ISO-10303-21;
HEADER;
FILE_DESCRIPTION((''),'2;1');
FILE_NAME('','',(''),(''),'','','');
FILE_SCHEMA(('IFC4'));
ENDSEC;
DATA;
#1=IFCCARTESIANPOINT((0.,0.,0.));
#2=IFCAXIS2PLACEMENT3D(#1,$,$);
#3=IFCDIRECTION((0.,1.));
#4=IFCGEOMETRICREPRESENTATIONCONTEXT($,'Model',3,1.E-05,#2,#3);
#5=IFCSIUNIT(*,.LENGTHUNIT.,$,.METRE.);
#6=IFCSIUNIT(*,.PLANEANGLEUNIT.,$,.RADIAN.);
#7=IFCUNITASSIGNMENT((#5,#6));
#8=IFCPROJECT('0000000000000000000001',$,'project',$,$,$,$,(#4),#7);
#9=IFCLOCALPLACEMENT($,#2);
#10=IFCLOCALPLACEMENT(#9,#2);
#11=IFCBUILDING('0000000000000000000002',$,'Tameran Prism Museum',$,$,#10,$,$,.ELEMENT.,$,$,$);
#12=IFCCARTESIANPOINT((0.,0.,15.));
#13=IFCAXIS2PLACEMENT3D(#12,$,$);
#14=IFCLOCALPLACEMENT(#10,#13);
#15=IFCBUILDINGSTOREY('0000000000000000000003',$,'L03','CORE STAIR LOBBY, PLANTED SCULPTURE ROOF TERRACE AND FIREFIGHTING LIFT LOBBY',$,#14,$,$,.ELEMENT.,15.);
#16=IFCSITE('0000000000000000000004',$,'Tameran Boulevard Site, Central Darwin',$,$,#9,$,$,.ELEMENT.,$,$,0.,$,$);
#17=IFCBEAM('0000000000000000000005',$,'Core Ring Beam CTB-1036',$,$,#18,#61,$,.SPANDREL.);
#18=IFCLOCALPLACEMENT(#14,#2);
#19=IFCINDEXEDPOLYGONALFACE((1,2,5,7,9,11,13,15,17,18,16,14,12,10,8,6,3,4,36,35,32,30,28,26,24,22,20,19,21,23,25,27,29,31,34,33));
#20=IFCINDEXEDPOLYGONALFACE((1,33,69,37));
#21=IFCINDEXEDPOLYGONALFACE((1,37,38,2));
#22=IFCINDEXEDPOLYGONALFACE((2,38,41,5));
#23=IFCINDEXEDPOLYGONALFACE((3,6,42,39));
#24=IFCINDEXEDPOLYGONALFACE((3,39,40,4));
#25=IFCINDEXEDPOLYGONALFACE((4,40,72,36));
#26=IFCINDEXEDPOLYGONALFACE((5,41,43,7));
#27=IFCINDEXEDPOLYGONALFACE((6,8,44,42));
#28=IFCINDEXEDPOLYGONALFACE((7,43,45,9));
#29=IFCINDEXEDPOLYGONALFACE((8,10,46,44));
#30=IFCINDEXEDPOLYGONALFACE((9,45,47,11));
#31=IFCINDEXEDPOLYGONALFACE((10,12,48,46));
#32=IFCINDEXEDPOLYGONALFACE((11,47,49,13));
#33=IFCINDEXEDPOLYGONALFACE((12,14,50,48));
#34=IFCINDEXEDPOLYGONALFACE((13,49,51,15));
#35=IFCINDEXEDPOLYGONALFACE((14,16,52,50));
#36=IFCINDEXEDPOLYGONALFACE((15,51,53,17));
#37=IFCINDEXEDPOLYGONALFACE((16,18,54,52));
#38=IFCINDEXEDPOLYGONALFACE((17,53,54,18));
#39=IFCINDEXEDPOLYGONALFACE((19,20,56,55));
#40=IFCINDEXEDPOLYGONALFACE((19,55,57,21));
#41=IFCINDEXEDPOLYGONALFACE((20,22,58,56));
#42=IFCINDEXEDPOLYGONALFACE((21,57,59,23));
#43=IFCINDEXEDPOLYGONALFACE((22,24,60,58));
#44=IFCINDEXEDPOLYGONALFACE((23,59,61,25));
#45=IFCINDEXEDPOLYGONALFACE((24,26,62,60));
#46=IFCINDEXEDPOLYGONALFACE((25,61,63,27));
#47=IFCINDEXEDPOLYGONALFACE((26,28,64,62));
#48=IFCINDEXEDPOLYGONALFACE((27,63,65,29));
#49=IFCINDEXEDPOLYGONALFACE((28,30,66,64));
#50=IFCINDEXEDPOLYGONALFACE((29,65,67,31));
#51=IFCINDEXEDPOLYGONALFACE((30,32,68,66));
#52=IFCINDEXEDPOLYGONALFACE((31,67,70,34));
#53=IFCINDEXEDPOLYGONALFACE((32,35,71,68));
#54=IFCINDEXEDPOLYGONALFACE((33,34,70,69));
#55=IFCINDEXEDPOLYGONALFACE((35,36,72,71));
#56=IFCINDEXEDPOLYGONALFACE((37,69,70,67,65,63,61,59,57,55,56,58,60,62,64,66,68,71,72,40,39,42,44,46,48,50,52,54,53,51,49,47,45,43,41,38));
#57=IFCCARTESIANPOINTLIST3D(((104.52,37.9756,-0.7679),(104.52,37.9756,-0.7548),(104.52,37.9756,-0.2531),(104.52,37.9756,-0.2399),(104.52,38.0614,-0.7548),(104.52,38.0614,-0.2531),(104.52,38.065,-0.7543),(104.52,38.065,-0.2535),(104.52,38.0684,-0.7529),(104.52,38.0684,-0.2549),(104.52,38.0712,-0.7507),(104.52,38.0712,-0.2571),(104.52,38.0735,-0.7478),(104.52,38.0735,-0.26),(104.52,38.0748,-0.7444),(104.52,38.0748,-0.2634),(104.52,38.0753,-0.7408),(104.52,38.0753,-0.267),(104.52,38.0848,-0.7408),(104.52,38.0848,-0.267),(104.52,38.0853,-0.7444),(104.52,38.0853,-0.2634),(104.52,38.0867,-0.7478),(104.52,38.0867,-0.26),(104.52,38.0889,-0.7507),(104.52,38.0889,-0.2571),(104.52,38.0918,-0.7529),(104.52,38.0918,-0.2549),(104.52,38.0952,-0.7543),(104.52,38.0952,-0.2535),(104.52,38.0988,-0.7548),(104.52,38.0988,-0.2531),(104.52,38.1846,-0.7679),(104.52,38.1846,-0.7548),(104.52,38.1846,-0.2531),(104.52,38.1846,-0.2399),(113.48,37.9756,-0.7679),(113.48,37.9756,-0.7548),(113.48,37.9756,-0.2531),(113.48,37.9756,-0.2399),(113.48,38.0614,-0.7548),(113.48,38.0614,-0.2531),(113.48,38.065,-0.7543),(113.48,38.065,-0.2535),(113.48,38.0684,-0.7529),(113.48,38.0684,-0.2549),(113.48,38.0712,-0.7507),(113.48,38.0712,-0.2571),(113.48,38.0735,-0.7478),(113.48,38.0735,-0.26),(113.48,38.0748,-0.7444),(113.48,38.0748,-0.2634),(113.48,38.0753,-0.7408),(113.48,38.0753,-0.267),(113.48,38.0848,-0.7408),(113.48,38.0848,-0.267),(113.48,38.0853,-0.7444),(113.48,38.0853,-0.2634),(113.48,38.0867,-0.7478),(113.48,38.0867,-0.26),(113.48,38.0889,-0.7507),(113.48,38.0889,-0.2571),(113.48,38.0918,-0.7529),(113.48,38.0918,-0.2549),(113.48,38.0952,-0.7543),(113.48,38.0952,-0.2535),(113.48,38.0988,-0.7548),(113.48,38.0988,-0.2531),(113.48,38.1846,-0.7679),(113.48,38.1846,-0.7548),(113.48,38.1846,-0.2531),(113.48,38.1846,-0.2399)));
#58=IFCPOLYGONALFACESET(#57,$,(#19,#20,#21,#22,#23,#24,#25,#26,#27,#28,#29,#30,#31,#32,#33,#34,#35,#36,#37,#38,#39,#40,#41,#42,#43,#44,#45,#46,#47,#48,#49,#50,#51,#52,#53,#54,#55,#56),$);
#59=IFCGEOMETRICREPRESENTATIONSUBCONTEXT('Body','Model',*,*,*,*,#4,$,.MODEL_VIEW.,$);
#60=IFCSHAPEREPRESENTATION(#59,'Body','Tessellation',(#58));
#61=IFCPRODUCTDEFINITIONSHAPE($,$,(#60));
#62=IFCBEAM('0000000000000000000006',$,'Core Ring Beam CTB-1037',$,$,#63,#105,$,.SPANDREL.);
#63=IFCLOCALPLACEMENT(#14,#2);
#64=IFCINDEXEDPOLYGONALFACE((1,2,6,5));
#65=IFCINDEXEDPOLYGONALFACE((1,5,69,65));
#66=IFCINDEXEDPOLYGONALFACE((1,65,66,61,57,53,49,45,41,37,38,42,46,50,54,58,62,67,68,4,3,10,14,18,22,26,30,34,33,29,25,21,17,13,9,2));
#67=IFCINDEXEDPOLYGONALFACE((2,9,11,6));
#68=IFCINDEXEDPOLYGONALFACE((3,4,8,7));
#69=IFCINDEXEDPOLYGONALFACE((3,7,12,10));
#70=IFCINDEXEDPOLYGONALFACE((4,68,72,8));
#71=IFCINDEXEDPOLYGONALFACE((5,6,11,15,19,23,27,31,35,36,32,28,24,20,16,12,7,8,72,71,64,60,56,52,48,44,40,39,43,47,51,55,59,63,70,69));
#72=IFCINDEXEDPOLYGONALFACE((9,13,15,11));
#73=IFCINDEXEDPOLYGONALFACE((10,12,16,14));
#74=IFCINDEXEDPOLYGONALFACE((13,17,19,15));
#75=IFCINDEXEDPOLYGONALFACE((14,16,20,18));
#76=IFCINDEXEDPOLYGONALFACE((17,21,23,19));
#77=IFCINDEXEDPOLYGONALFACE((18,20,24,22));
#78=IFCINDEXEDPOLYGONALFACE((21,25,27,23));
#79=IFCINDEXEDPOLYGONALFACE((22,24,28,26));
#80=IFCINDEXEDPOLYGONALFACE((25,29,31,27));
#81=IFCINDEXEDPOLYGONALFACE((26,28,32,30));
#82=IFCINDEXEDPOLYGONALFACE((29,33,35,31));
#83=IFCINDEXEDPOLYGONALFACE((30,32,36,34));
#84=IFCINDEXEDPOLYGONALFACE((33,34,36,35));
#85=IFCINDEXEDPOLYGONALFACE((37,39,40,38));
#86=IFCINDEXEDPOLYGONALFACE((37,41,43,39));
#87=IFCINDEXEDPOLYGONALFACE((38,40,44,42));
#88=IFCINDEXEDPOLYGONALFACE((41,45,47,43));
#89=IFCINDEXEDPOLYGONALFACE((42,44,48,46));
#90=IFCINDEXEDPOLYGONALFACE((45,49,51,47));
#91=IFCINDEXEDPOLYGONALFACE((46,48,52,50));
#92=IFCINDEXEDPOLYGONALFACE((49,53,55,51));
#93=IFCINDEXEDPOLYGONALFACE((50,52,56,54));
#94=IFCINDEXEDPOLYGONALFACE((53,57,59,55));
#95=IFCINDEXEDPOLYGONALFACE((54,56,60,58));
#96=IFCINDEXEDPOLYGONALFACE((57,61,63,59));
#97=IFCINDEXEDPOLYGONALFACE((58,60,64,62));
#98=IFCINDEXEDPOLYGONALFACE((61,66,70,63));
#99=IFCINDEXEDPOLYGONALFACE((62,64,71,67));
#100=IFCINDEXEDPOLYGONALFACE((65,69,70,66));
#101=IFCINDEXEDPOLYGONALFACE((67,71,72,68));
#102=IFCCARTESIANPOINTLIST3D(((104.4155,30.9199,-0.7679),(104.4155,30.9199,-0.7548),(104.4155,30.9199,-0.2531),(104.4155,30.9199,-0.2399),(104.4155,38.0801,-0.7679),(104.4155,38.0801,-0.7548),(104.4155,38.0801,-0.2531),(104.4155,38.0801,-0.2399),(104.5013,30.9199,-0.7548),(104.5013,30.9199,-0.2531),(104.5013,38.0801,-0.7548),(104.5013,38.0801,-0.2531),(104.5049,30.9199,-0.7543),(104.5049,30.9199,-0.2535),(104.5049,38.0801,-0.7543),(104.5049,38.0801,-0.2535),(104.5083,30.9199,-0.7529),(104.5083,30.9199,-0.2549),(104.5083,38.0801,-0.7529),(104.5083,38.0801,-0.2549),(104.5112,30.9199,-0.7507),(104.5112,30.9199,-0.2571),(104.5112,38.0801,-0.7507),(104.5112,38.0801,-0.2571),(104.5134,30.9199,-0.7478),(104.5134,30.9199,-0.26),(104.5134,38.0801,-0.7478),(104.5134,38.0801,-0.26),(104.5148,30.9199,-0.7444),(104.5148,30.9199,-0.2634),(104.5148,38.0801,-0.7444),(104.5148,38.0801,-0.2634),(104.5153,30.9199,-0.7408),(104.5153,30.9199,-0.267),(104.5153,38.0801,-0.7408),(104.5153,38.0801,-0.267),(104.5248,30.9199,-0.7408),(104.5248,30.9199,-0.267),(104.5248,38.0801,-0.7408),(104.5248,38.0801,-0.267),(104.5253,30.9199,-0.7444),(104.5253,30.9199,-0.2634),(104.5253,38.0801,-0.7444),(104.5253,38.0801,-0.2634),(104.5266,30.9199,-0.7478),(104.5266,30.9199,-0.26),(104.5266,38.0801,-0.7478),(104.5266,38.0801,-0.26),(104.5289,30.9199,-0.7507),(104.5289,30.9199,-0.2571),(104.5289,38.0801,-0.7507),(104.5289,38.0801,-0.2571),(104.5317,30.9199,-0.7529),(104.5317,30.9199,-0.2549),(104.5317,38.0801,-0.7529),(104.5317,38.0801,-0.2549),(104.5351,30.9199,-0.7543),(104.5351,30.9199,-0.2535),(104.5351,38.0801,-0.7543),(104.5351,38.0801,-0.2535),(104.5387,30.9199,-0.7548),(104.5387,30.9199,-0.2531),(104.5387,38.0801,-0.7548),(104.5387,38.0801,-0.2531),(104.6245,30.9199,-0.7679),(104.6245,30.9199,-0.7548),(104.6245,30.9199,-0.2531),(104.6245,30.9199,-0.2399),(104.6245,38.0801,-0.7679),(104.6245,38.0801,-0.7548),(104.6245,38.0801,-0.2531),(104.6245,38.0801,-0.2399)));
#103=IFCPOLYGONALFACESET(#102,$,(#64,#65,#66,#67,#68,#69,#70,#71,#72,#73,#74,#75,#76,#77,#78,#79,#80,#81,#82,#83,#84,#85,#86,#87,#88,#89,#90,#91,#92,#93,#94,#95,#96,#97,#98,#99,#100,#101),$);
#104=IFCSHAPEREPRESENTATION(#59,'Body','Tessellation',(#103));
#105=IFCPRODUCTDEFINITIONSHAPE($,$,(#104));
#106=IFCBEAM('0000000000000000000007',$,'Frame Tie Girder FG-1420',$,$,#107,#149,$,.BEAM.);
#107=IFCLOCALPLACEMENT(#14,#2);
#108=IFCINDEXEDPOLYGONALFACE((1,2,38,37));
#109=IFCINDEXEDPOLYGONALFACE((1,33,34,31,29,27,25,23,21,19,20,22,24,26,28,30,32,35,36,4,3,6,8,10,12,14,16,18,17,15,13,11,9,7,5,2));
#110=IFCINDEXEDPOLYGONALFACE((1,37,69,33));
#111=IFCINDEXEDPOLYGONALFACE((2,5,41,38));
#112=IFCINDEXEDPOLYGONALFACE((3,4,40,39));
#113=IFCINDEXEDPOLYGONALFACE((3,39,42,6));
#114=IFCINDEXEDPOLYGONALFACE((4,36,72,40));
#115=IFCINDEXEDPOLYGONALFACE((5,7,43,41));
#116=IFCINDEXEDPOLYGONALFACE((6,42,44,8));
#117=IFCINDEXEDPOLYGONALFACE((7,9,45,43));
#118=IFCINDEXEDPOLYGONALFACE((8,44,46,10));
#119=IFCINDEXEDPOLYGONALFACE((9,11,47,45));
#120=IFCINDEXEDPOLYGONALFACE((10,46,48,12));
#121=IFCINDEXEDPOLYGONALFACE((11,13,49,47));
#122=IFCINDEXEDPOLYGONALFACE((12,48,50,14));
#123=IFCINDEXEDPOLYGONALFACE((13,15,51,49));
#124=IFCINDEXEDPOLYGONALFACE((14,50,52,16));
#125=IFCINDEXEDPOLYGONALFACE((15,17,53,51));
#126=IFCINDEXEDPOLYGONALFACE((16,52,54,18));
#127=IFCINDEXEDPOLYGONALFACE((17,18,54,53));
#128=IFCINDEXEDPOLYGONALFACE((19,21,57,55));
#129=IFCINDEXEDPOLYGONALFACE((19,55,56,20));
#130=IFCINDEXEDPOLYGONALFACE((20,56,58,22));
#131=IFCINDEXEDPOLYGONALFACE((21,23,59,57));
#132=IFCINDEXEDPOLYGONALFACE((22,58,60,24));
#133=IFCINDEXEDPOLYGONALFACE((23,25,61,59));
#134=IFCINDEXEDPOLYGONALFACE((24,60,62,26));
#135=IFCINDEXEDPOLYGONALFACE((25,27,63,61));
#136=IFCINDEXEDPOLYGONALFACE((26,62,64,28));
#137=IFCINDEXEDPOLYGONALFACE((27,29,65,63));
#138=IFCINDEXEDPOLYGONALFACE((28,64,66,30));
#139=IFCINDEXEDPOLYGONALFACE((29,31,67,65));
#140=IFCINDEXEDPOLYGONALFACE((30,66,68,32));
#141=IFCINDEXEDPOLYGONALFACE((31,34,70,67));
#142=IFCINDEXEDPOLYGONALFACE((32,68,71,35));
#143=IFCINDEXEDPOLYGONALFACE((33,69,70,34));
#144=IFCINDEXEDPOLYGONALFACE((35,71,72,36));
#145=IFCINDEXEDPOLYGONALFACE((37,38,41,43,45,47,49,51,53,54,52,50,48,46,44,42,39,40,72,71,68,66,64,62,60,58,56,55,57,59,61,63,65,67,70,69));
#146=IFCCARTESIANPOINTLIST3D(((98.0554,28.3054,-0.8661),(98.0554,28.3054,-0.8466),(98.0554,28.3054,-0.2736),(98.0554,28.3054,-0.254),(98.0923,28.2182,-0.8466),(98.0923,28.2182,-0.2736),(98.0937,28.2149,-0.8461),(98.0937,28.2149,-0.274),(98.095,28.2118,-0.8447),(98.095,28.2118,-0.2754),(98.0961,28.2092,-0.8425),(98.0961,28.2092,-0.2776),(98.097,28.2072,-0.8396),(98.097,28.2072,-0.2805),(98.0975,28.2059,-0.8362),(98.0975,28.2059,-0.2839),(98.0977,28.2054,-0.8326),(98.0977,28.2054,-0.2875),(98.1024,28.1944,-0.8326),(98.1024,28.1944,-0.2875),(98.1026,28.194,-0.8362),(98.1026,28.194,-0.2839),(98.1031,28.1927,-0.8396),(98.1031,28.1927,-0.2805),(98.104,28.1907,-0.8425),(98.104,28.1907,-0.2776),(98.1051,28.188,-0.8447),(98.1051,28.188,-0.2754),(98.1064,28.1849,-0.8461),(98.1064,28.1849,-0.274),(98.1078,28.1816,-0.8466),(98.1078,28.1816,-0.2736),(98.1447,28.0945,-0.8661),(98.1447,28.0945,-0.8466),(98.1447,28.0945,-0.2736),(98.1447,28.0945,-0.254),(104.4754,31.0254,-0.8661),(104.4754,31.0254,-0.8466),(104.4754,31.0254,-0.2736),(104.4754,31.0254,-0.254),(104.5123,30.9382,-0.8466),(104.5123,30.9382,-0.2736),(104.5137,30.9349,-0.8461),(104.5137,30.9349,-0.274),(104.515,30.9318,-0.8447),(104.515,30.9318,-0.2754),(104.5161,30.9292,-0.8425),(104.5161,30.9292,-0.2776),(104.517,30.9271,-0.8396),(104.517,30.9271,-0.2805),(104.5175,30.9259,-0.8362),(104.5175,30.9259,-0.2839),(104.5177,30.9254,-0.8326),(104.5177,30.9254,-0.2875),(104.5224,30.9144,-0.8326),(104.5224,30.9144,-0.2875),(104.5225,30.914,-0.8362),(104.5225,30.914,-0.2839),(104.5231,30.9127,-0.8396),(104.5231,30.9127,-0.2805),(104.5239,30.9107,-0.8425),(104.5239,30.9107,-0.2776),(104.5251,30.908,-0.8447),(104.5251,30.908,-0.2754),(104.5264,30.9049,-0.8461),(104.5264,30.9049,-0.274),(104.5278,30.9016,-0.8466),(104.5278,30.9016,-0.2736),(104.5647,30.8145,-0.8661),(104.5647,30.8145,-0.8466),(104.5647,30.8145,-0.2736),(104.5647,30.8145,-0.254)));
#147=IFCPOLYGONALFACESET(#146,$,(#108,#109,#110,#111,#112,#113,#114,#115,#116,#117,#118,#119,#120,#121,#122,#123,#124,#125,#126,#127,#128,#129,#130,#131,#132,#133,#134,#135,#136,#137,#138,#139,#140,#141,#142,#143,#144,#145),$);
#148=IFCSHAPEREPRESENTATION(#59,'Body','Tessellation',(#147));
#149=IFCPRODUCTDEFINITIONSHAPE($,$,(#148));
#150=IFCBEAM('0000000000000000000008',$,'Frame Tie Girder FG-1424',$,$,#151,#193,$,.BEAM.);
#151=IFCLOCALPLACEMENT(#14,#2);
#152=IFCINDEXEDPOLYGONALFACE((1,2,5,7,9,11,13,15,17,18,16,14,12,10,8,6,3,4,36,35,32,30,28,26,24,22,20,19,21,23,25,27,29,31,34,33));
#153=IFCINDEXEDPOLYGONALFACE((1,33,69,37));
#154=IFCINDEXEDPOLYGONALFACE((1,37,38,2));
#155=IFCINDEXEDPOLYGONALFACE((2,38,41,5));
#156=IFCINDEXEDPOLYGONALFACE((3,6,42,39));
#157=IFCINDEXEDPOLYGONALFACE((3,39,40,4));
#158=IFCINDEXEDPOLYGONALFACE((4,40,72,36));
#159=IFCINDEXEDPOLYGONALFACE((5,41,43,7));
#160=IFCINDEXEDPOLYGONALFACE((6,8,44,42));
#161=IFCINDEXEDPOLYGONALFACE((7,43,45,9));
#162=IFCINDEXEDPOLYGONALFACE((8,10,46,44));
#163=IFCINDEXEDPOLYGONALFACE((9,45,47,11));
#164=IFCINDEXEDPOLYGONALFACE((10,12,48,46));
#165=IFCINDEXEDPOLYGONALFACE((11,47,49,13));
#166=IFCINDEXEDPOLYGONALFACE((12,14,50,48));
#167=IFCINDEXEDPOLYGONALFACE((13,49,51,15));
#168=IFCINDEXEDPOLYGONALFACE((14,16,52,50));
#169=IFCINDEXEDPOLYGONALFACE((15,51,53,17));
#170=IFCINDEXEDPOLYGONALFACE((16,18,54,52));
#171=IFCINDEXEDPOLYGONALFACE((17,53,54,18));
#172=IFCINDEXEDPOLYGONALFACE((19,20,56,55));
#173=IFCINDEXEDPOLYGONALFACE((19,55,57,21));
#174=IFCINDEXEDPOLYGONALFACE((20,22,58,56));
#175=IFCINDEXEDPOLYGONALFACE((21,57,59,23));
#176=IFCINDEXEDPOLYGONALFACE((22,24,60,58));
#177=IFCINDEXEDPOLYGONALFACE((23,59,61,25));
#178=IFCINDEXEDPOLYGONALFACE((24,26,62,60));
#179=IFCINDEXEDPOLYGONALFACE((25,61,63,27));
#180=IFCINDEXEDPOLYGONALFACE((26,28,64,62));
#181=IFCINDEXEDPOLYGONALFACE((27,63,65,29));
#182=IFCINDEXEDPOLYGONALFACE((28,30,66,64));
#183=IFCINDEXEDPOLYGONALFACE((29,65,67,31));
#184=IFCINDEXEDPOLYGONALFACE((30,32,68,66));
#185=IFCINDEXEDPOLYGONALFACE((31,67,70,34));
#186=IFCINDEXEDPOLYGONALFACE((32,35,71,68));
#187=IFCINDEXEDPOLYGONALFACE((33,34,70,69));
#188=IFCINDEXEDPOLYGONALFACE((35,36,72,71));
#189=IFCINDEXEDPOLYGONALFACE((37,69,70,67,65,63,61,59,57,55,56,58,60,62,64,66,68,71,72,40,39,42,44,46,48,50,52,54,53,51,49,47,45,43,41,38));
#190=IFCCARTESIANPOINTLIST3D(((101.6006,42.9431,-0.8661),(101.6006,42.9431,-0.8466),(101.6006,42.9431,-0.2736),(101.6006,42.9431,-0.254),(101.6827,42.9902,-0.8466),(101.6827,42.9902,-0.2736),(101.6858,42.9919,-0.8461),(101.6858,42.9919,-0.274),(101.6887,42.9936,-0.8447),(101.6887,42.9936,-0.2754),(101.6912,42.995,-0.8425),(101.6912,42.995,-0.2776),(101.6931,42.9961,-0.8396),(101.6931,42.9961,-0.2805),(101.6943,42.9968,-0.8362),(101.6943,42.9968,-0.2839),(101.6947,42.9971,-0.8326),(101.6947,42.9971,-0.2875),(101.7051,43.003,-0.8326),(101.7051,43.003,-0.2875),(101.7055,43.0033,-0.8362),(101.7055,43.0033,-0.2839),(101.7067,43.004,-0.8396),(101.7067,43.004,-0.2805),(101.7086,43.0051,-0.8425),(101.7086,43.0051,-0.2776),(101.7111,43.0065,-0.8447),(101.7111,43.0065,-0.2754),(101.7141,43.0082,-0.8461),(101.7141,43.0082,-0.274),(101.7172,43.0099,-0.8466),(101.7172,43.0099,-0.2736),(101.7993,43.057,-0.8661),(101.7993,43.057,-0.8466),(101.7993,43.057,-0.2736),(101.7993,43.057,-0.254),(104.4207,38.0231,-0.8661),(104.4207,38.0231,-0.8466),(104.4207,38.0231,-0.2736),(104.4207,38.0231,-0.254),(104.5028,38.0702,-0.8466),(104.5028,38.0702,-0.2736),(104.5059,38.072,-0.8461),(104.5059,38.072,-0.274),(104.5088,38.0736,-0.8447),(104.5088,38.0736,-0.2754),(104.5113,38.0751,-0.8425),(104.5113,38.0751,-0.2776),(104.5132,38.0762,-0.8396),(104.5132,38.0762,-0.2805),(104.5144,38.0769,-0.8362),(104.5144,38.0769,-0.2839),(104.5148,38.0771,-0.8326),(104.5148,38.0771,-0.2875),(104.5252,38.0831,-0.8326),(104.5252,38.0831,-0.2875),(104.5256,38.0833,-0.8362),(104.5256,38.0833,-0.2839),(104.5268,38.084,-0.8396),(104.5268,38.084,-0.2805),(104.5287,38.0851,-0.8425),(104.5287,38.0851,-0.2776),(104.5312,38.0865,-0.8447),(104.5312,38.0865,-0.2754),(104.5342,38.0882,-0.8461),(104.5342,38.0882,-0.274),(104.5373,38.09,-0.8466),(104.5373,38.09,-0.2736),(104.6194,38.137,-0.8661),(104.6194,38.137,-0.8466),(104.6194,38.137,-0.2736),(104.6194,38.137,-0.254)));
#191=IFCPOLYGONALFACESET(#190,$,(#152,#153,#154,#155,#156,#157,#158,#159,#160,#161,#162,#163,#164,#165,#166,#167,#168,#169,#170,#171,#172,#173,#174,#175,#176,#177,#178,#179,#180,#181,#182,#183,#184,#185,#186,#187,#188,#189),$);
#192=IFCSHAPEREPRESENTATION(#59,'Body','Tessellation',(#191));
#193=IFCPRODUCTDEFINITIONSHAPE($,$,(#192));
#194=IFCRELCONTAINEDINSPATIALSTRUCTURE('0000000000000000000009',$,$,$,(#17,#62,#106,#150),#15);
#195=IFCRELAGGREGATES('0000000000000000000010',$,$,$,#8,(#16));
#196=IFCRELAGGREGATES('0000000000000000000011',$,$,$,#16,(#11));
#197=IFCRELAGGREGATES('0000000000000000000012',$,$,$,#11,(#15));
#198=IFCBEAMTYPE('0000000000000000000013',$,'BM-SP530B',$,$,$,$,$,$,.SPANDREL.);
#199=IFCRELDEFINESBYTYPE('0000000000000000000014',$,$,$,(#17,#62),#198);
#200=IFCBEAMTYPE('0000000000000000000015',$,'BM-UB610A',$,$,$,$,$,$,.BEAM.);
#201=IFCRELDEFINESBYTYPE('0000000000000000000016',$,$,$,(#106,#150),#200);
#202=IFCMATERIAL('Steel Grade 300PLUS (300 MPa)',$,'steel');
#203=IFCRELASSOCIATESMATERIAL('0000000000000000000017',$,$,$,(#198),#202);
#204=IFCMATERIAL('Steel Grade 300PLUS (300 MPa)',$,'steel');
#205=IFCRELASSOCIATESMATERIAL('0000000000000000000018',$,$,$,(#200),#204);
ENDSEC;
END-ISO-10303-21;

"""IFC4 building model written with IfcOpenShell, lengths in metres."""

from ifc_helpers import new_model, si_unit, direction, frame, origin, origin_2d, place, context, subcontext, project, spatial, i_section, extrude, material, material_profile, profile_set, type_object, element, save


model = new_model("IFC4")

# Units and contexts
model_context = context("Model", 3, precision=1e-05, world=origin(), true_north=direction((0.0, 1.0)))
body_context = subcontext(model_context, "Body", "Model", "MODEL_VIEW")
ifc_project = project(units=[si_unit("LENGTHUNIT", "METRE"), si_unit("PLANEANGLEUNIT", "RADIAN")], contexts=[model_context])

# Site, building, storey
site_placement = place(None, origin())
site = spatial("IfcSite", under=ifc_project, at=site_placement, Name="Tameran Boulevard Site, Central Darwin", CompositionType="ELEMENT", RefElevation=0.0)
building_placement = place(site_placement, origin())
building = spatial("IfcBuilding", under=site, at=building_placement, Name="Tameran Prism Museum", CompositionType="ELEMENT")
storey_placement = place(building_placement, frame((0.0, 0.0, 15.0)))
storey = spatial("IfcBuildingStorey", under=building, at=storey_placement, Name="L03", Description="CORE STAIR LOBBY, PLANTED SCULPTURE ROOF TERRACE AND FIREFIGHTING LIFT LOBBY", CompositionType="ELEMENT", Elevation=15.0)

# Beams
ifc_material_1 = material(Name="Steel Grade 300PLUS (300 MPa)", Category="steel")
ifc_material_profile_1 = material_profile(ifc_material_1, i_section(OverallWidth=0.209, OverallDepth=0.5281, WebThickness=0.0095, FlangeThickness=0.0132, FilletRadius=0.0139, at=origin_2d()))
ifc_profile_set_1 = profile_set([ifc_material_profile_1])
beam_type_1 = type_object("IfcBeamType", Name="BM-SP530B", PredefinedType="SPANDREL", material=ifc_profile_set_1)
beam_1_placement = place(storey_placement, frame((113.48, 38.0801, -0.5039), z_axis=(-1.0, 0.0, 0.0), x_axis=(0.0, -1.0, 0.0)))
element("IfcBeam", 1, at=beam_1_placement, inside=storey, type_object=beam_type_1, Name="Core Ring Beam CTB-1036", PredefinedType="SPANDREL", context=body_context, shape_type="SweptSolid", body=[
    extrude(i_section(OverallWidth=0.209, OverallDepth=0.5281, WebThickness=0.0095, FlangeThickness=0.0132, FilletRadius=0.0139, at=origin_2d()), origin(), (0.0, 0.0, 1.0), 8.96),
])
beam_2_placement = place(storey_placement, frame((104.52, 38.0801, -0.5039), z_axis=(0.0, -1.0, 0.0), x_axis=(1.0, 0.0, 0.0)))
element("IfcBeam", 2, at=beam_2_placement, inside=storey, type_object=beam_type_1, Name="Core Ring Beam CTB-1037", PredefinedType="SPANDREL", context=body_context, shape_type="SweptSolid", body=[
    extrude(i_section(OverallWidth=0.209, OverallDepth=0.5281, WebThickness=0.0095, FlangeThickness=0.0132, FilletRadius=0.0139, at=origin_2d()), origin(), (0.0, 0.0, 1.0), 7.1602),
])
ifc_material_2 = material(Name="Steel Grade 300PLUS (300 MPa)", Category="steel")
ifc_material_profile_2 = material_profile(ifc_material_2, i_section(OverallWidth=0.229, OverallDepth=0.6121, WebThickness=0.012, FlangeThickness=0.0195, FilletRadius=0.0139, at=origin_2d()))
ifc_profile_set_2 = profile_set([ifc_material_profile_2])
beam_type_2 = type_object("IfcBeamType", Name="BM-UB610A", PredefinedType="BEAM", material=ifc_profile_set_2)
beam_3_placement = place(storey_placement, frame((104.52, 30.9199, -0.5601), z_axis=(-0.920769, -0.390108, 0.0), x_axis=(0.390108, -0.920769, 0.0)))
element("IfcBeam", 3, at=beam_3_placement, inside=storey, type_object=beam_type_2, Name="Frame Tie Girder FG-1420", PredefinedType="BEAM", context=body_context, shape_type="SweptSolid", body=[
    extrude(i_section(OverallWidth=0.229, OverallDepth=0.6121, WebThickness=0.012, FlangeThickness=0.0195, FilletRadius=0.0139, at=origin_2d()), origin(), (0.0, 0.0, 1.0), 6.9724),
])
beam_4_placement = place(storey_placement, frame((104.52, 38.0801, -0.5601), z_axis=(-0.497293, 0.867583, 0.0), x_axis=(-0.867583, -0.497293, 0.0)))
element("IfcBeam", 4, at=beam_4_placement, inside=storey, type_object=beam_type_2, Name="Frame Tie Girder FG-1424", PredefinedType="BEAM", context=body_context, shape_type="SweptSolid", body=[
    extrude(i_section(OverallWidth=0.229, OverallDepth=0.6121, WebThickness=0.012, FlangeThickness=0.0195, FilletRadius=0.0139, at=origin_2d()), origin(), (0.0, 0.0, 1.0), 5.6709),
])

save(model, "model.ifc")
